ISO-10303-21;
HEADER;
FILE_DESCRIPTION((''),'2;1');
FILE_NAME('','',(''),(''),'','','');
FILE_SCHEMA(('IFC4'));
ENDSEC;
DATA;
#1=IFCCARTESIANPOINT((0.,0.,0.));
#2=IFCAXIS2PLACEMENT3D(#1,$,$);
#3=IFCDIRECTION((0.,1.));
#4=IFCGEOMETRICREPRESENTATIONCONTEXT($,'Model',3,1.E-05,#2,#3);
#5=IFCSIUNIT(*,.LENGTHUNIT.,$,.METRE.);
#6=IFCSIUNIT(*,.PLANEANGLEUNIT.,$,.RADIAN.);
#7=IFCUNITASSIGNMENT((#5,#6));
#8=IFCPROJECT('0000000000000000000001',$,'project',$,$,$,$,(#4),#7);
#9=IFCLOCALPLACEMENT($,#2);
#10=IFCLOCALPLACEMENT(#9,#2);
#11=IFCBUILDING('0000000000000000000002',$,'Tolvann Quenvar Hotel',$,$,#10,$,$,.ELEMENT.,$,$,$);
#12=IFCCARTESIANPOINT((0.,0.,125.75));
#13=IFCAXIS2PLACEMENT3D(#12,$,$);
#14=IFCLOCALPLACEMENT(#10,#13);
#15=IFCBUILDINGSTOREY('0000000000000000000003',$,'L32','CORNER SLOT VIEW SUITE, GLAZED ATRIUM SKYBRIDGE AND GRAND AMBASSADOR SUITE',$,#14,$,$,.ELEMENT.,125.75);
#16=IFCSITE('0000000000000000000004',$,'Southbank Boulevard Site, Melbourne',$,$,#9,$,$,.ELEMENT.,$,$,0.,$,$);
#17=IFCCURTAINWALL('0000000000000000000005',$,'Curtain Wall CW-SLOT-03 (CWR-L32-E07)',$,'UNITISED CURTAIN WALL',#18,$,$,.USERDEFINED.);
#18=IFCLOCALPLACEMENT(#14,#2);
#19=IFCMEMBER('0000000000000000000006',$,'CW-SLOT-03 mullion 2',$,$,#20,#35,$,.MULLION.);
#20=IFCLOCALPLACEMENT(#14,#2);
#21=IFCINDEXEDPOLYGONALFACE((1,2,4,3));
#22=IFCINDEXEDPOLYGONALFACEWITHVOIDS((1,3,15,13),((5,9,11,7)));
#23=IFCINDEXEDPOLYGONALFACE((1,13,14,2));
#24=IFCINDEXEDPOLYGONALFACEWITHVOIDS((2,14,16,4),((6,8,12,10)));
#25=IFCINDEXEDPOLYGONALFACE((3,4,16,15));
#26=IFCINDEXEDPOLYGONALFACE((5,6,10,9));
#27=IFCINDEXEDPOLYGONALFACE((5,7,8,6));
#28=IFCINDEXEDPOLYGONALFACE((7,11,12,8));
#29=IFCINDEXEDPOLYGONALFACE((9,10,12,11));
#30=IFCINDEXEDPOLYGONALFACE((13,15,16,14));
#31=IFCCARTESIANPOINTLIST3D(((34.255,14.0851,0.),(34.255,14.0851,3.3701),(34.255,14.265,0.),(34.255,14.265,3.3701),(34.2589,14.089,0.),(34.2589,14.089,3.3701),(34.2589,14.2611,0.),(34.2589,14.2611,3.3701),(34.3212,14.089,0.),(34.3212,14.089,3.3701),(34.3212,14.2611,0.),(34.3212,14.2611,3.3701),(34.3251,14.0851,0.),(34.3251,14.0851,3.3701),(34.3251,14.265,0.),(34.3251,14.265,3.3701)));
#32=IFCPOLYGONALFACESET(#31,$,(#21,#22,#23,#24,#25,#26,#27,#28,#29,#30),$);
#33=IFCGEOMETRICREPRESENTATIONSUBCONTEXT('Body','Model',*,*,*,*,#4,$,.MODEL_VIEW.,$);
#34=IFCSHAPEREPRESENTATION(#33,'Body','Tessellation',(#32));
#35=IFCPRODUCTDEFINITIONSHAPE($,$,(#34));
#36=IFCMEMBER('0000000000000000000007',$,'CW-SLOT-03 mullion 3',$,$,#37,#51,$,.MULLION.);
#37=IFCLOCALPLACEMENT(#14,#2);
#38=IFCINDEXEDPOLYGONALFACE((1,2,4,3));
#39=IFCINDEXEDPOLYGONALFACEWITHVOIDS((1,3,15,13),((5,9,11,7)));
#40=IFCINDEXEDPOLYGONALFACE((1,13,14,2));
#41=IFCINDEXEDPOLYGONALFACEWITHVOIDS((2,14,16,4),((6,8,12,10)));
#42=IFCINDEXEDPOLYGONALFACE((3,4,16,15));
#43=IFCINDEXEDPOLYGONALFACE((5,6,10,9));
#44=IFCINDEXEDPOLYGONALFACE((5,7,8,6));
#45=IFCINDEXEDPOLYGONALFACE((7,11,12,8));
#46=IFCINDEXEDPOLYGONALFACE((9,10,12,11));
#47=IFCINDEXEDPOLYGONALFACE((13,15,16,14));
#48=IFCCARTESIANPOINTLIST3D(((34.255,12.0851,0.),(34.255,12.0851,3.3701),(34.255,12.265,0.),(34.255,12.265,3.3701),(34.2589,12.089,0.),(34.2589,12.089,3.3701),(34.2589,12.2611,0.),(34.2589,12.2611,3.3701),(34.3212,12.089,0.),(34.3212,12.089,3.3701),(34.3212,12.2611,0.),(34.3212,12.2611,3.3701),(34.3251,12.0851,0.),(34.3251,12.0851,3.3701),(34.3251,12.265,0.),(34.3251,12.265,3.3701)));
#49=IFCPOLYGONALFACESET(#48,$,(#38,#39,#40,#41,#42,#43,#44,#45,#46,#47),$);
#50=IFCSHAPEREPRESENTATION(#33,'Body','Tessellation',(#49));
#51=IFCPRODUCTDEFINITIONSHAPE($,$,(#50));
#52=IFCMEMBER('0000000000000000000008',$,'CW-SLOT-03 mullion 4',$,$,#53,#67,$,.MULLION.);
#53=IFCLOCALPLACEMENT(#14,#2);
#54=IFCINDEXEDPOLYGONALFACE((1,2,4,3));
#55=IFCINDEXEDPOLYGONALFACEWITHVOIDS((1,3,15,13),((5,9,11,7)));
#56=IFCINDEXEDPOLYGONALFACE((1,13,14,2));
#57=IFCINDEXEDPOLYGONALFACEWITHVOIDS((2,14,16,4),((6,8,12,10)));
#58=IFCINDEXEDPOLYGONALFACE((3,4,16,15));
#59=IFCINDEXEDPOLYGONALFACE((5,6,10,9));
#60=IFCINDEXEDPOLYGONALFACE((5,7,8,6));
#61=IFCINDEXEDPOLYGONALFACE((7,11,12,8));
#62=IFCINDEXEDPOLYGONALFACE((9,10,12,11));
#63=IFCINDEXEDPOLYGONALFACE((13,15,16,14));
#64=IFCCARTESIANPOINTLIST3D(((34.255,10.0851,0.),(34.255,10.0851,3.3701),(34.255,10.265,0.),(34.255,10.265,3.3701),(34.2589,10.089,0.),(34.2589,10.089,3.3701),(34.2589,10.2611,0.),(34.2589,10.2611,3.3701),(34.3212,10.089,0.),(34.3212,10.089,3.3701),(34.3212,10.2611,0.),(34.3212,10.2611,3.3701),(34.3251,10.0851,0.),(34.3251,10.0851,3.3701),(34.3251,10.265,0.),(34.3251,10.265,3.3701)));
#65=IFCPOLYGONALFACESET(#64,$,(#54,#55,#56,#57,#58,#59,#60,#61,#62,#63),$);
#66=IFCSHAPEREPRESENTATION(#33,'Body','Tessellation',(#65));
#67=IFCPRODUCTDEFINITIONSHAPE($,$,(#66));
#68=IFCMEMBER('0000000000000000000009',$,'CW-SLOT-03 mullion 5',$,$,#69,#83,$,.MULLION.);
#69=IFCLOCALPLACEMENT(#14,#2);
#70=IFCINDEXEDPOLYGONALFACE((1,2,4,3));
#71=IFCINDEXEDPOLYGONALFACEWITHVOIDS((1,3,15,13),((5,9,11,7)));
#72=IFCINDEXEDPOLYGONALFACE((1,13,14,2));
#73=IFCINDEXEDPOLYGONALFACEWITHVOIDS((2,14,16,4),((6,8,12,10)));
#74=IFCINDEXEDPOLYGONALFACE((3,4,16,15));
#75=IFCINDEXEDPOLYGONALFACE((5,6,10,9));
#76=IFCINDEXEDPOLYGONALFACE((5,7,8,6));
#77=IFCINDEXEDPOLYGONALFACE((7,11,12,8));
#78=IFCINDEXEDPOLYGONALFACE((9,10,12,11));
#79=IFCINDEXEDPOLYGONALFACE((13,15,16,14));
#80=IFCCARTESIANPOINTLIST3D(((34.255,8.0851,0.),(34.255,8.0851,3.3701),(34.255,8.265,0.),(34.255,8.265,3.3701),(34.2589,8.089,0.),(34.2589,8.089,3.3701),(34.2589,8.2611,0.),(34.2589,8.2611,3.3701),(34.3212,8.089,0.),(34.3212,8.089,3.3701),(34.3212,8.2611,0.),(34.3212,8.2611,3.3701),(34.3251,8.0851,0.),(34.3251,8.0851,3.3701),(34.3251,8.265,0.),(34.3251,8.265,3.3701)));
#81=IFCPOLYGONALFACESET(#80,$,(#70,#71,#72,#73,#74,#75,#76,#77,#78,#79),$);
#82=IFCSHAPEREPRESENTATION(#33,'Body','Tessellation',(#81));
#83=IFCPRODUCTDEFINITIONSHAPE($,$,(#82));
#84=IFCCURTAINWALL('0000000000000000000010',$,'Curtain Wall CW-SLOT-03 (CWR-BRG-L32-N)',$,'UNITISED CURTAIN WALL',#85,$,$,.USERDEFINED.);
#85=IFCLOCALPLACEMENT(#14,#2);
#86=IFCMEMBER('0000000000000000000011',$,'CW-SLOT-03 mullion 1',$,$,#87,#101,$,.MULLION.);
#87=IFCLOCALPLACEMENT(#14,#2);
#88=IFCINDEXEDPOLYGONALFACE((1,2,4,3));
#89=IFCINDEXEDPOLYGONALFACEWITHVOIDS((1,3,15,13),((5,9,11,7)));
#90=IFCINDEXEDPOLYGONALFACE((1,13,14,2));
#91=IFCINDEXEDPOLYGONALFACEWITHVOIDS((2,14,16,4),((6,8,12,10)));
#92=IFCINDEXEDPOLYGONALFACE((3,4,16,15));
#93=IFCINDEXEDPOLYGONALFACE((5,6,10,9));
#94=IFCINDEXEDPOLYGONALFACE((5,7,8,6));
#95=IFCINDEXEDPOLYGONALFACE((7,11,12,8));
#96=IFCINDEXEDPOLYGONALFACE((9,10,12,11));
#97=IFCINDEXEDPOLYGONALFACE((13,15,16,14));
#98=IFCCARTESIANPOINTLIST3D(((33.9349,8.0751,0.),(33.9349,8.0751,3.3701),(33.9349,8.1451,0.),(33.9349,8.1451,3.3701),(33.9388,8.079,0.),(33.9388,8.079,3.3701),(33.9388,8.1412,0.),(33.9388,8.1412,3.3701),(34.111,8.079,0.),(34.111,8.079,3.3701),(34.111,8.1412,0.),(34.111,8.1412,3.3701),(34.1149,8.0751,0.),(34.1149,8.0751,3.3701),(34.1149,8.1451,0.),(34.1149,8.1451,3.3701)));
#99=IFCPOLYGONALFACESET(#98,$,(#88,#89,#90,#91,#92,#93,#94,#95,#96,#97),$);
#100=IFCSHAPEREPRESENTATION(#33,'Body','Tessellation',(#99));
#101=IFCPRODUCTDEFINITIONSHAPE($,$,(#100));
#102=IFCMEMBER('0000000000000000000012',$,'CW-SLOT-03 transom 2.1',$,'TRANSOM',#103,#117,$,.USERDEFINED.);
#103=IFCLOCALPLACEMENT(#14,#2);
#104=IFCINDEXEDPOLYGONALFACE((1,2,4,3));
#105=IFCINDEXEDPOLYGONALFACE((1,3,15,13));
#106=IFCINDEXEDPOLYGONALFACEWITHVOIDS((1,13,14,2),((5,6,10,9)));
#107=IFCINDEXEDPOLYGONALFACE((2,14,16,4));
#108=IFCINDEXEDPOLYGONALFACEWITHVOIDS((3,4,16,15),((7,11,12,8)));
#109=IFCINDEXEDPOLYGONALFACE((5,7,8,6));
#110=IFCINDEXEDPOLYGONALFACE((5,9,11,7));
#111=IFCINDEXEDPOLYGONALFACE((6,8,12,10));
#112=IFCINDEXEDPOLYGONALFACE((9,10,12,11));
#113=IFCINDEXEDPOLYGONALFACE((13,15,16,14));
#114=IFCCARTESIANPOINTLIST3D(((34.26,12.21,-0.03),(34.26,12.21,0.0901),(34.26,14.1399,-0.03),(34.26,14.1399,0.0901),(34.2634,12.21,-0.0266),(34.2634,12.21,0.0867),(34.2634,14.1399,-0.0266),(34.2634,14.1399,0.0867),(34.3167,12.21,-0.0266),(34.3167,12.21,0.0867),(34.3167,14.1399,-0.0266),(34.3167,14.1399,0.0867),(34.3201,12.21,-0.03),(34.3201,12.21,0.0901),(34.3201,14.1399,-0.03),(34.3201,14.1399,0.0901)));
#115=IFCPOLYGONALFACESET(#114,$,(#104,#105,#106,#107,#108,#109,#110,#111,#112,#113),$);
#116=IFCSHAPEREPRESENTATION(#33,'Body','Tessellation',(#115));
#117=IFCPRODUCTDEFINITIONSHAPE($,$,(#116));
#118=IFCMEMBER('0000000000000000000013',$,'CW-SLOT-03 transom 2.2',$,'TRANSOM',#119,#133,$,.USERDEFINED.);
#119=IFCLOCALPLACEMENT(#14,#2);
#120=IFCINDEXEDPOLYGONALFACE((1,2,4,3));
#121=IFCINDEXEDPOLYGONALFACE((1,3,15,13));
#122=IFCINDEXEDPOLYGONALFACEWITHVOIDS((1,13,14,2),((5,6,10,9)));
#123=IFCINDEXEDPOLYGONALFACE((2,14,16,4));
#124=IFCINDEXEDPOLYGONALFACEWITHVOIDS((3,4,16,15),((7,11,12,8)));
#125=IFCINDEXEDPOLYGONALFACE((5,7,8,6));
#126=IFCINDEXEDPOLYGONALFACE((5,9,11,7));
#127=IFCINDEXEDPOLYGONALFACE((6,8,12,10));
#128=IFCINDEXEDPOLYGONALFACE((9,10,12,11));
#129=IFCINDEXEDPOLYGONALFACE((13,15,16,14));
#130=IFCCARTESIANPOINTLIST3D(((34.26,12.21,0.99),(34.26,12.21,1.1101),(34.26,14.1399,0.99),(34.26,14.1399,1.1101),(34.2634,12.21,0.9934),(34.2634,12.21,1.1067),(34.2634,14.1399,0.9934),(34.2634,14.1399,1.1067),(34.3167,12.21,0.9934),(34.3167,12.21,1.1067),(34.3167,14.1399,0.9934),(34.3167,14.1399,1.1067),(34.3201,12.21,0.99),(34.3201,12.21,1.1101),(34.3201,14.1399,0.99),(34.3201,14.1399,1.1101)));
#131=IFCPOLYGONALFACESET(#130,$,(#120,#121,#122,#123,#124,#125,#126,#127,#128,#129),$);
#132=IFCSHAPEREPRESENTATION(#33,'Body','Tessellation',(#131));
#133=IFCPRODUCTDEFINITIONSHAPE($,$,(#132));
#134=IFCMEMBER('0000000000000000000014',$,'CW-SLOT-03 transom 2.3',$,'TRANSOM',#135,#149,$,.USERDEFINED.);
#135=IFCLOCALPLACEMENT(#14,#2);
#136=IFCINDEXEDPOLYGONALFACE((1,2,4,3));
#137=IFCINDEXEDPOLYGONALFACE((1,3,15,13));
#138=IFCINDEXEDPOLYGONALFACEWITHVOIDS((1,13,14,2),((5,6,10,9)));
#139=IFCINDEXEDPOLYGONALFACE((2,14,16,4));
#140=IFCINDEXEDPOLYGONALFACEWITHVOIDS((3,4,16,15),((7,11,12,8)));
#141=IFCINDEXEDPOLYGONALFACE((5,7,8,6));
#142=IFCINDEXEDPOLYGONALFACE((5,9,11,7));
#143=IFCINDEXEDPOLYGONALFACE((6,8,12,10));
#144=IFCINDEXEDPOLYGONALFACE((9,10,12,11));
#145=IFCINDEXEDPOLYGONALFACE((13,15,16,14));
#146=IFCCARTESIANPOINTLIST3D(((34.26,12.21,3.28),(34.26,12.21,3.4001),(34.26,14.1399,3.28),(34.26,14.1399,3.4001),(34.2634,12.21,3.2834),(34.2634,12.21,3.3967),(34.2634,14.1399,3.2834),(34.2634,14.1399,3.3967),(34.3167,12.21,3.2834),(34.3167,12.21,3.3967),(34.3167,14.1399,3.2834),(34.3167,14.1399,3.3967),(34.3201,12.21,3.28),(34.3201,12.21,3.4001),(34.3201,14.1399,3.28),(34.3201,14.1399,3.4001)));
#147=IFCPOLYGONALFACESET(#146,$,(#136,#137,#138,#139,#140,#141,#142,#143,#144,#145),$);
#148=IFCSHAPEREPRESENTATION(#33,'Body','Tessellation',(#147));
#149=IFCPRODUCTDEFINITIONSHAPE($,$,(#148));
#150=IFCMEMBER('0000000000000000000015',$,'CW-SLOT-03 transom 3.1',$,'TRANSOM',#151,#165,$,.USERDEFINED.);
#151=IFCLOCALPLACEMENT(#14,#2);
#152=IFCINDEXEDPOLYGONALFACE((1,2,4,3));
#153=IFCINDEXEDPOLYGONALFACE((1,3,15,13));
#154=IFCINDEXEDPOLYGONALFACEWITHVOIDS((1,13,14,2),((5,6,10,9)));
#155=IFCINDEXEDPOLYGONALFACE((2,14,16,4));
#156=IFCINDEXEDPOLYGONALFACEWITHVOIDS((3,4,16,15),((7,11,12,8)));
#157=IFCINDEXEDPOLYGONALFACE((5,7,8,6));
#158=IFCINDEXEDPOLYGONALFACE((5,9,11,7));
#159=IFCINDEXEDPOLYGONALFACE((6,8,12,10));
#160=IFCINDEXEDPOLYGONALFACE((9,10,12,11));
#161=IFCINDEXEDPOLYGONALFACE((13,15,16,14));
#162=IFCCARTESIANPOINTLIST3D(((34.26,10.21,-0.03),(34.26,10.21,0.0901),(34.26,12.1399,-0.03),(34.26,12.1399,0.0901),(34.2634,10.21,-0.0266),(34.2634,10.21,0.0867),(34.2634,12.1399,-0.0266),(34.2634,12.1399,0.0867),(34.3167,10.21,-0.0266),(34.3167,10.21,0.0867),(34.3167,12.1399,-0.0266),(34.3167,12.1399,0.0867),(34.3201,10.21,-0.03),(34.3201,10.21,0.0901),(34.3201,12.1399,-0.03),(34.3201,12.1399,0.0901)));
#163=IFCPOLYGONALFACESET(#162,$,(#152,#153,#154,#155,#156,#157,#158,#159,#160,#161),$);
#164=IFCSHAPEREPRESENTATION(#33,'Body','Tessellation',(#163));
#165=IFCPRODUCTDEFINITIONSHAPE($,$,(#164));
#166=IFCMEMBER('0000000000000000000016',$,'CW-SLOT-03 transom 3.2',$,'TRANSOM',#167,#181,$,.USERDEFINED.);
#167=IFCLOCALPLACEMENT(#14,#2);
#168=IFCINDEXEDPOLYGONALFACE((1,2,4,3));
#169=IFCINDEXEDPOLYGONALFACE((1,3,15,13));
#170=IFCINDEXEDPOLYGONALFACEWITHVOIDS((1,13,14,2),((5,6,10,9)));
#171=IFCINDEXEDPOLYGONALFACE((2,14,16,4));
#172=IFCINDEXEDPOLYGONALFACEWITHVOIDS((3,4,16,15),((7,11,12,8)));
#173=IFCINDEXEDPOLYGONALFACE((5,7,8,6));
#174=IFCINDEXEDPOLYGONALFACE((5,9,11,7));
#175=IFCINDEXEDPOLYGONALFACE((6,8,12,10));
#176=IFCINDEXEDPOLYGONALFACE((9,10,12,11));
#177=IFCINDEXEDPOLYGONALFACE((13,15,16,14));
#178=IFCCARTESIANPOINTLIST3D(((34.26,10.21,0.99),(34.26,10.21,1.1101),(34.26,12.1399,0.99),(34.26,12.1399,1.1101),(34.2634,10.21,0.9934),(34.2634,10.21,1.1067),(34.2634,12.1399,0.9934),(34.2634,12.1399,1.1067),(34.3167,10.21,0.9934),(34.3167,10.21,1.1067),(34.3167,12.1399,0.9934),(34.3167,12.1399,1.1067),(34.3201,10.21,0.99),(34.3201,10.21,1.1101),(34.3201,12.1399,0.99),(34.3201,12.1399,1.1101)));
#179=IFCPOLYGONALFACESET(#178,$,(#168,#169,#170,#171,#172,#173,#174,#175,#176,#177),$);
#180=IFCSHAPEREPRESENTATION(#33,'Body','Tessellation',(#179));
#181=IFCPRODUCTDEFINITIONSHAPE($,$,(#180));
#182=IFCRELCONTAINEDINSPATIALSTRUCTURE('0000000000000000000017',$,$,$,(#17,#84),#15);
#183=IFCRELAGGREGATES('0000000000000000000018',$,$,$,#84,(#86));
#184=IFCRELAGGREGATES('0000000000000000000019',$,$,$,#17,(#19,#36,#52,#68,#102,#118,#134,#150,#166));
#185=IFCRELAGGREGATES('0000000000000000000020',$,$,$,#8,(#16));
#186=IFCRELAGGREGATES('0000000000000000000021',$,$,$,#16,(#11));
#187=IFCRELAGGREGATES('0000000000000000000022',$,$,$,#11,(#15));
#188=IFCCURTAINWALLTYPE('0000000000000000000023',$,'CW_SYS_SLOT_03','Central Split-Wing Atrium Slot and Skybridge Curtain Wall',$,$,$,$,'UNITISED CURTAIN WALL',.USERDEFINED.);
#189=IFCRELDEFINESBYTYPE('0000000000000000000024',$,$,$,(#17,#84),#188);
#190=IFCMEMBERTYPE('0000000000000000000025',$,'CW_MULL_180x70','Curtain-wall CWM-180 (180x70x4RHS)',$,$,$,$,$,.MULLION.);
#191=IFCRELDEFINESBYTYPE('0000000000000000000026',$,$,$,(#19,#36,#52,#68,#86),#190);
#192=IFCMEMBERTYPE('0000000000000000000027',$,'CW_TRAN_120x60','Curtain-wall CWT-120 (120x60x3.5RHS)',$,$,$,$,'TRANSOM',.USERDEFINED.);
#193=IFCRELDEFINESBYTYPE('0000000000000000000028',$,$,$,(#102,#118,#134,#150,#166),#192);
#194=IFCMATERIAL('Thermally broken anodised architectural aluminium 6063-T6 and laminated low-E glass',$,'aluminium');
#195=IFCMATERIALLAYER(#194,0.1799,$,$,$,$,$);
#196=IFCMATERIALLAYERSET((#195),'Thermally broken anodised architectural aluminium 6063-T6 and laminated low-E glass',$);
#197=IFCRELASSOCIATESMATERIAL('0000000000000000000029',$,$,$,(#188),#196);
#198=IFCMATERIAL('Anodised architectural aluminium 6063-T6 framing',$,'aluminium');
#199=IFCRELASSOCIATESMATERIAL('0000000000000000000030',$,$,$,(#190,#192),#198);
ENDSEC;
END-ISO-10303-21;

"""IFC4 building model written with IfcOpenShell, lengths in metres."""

from ifc_helpers import new_model, si_unit, direction, frame, origin, origin_2d, place, context, subcontext, project, spatial, hollow_rectangle, extrude, source, transform, mapped, material, layer, layer_set, material_profile, profile_set, type_object, type_shapes, element, aggregate, save


model = new_model("IFC4")

# Units and contexts
model_context = context("Model", 3, precision=1e-05, world=origin(), true_north=direction((0.0, 1.0)))
body_context = subcontext(model_context, "Body", "Model", "MODEL_VIEW")
ifc_project = project(units=[si_unit("LENGTHUNIT", "METRE"), si_unit("PLANEANGLEUNIT", "RADIAN")], contexts=[model_context])

# Site, building, storey
site_placement = place(None, origin())
site = spatial("IfcSite", under=ifc_project, at=site_placement, Name="Southbank Boulevard Site, Melbourne", CompositionType="ELEMENT", RefElevation=0.0)
building_placement = place(site_placement, origin())
building = spatial("IfcBuilding", under=site, at=building_placement, Name="Tolvann Quenvar Hotel", CompositionType="ELEMENT")
storey_placement = place(building_placement, frame((0.0, 0.0, 125.75)))
storey = spatial("IfcBuildingStorey", under=building, at=storey_placement, Name="L32", Description="CORNER SLOT VIEW SUITE, GLAZED ATRIUM SKYBRIDGE AND GRAND AMBASSADOR SUITE", CompositionType="ELEMENT", Elevation=125.75)

# Curtain wall, members
ifc_material_1 = material(Name="Thermally broken anodised architectural aluminium 6063-T6 and laminated low-E glass", Category="aluminium")
ifc_layer_1 = layer(ifc_material_1, 0.1799)
ifc_layer_set_1 = layer_set([ifc_layer_1], Name="Thermally broken anodised architectural aluminium 6063-T6 and laminated low-E glass")
curtain_wall_type = type_object("IfcCurtainWallType", Name="CW_SYS_SLOT_03", Description="Central Split-Wing Atrium Slot and Skybridge Curtain Wall", ElementType="UNITISED CURTAIN WALL", PredefinedType="USERDEFINED", material=ifc_layer_set_1)
curtain_wall_1_placement = place(storey_placement, origin())
curtain_wall_1 = element("IfcCurtainWall", 1, at=curtain_wall_1_placement, inside=storey, type_object=curtain_wall_type, Name="Curtain Wall CW-SLOT-03 (CWR-L32-E07)", ObjectType="UNITISED CURTAIN WALL", PredefinedType="USERDEFINED")
ifc_material_2 = material(Name="Anodised architectural aluminium 6063-T6 framing", Category="aluminium")
ifc_material_profile_1 = material_profile(ifc_material_2, hollow_rectangle(XDim=0.0701, YDim=0.1799, WallThickness=0.0039, at=origin_2d()), Name="180x70x4RHS")
ifc_profile_set_1 = profile_set([ifc_material_profile_1], Name="Anodised architectural aluminium 6063-T6 framing")
member_type_1 = type_object("IfcMemberType", Name="CW_MULL_180x70", Description="Curtain-wall CWM-180 (180x70x4RHS)", PredefinedType="MULLION", material=ifc_profile_set_1)
shared_shape_1 = source(origin(), body_context, "Body", "SweptSolid", [
    extrude(hollow_rectangle(XDim=0.0701, YDim=0.1799, WallThickness=0.0039, at=origin_2d()), origin(), (0.0, 0.0, 1.0), 3.3701),
])
type_shapes(member_type_1, [shared_shape_1])
member_1_placement = place(storey_placement, frame((34.29, 14.175, 0.0), z_axis=(0.0, 0.0, 1.0), x_axis=(1.0, 0.0, 0.0)))
member_1 = element("IfcMember", 2, at=member_1_placement, type_object=member_type_1, Name="CW-SLOT-03 mullion 2", PredefinedType="MULLION", context=body_context, shape_type="MappedRepresentation", body=[
    mapped(shared_shape_1, transform((0.0, 0.0, 0.0), x_axis=(1.0, 0.0, 0.0), y_axis=(0.0, 1.0, 0.0), z_axis=(0.0, 0.0, 1.0), scale=1.0)),
])
member_2_placement = place(storey_placement, frame((34.29, 12.175, 0.0), z_axis=(0.0, 0.0, 1.0), x_axis=(1.0, 0.0, 0.0)))
member_2 = element("IfcMember", 3, at=member_2_placement, type_object=member_type_1, Name="CW-SLOT-03 mullion 3", PredefinedType="MULLION", context=body_context, shape_type="MappedRepresentation", body=[
    mapped(shared_shape_1, transform((0.0, 0.0, 0.0), x_axis=(1.0, 0.0, 0.0), y_axis=(0.0, 1.0, 0.0), z_axis=(0.0, 0.0, 1.0), scale=1.0)),
])
member_3_placement = place(storey_placement, frame((34.29, 10.175, 0.0), z_axis=(0.0, 0.0, 1.0), x_axis=(1.0, 0.0, 0.0)))
member_3 = element("IfcMember", 4, at=member_3_placement, type_object=member_type_1, Name="CW-SLOT-03 mullion 4", PredefinedType="MULLION", context=body_context, shape_type="MappedRepresentation", body=[
    mapped(shared_shape_1, transform((0.0, 0.0, 0.0), x_axis=(1.0, 0.0, 0.0), y_axis=(0.0, 1.0, 0.0), z_axis=(0.0, 0.0, 1.0), scale=1.0)),
])
member_4_placement = place(storey_placement, frame((34.29, 8.175, 0.0), z_axis=(0.0, 0.0, 1.0), x_axis=(1.0, 0.0, 0.0)))
member_4 = element("IfcMember", 5, at=member_4_placement, type_object=member_type_1, Name="CW-SLOT-03 mullion 5", PredefinedType="MULLION", context=body_context, shape_type="MappedRepresentation", body=[
    mapped(shared_shape_1, transform((0.0, 0.0, 0.0), x_axis=(1.0, 0.0, 0.0), y_axis=(0.0, 1.0, 0.0), z_axis=(0.0, 0.0, 1.0), scale=1.0)),
])

# Curtain wall, member
curtain_wall_2_placement = place(storey_placement, origin())
curtain_wall_2 = element("IfcCurtainWall", 6, at=curtain_wall_2_placement, inside=storey, type_object=curtain_wall_type, Name="Curtain Wall CW-SLOT-03 (CWR-BRG-L32-N)", ObjectType="UNITISED CURTAIN WALL", PredefinedType="USERDEFINED")
member_5_placement = place(storey_placement, frame((34.0249, 8.1101, 0.0), z_axis=(0.0, 0.0, 1.0), x_axis=(0.0, -1.0, 0.0)))
member_5 = element("IfcMember", 7, at=member_5_placement, type_object=member_type_1, Name="CW-SLOT-03 mullion 1", PredefinedType="MULLION", context=body_context, shape_type="MappedRepresentation", body=[
    mapped(shared_shape_1, transform((0.0, 0.0, 0.0), x_axis=(1.0, 0.0, 0.0), y_axis=(0.0, 1.0, 0.0), z_axis=(0.0, 0.0, 1.0), scale=1.0)),
])

# Members
ifc_material_profile_2 = material_profile(ifc_material_2, hollow_rectangle(XDim=0.0601, YDim=0.1201, WallThickness=0.0034, at=origin_2d()), Name="120x60x3.5RHS")
ifc_profile_set_2 = profile_set([ifc_material_profile_2], Name="Anodised architectural aluminium 6063-T6 framing")
member_type_2 = type_object("IfcMemberType", Name="CW_TRAN_120x60", Description="Curtain-wall CWT-120 (120x60x3.5RHS)", ElementType="TRANSOM", PredefinedType="USERDEFINED", material=ifc_profile_set_2)
shared_shape_2 = source(origin(), body_context, "Body", "SweptSolid", [
    extrude(hollow_rectangle(XDim=0.0601, YDim=0.1201, WallThickness=0.0034, at=origin_2d()), origin(), (0.0, 0.0, 1.0), 1.9299),
])
member_6_placement = place(storey_placement, frame((34.29, 14.1399, 0.03), z_axis=(0.0, -1.0, 0.0), x_axis=(1.0, 0.0, 0.0)))
member_6 = element("IfcMember", 8, at=member_6_placement, type_object=member_type_2, Name="CW-SLOT-03 transom 2.1", ObjectType="TRANSOM", PredefinedType="USERDEFINED", context=body_context, shape_type="MappedRepresentation", body=[
    mapped(shared_shape_2, transform((0.0, 0.0, 0.0), x_axis=(1.0, 0.0, 0.0), y_axis=(0.0, 1.0, 0.0), z_axis=(0.0, 0.0, 1.0), scale=1.0)),
])
member_7_placement = place(storey_placement, frame((34.29, 14.1399, 1.05), z_axis=(0.0, -1.0, 0.0), x_axis=(1.0, 0.0, 0.0)))
member_7 = element("IfcMember", 9, at=member_7_placement, type_object=member_type_2, Name="CW-SLOT-03 transom 2.2", ObjectType="TRANSOM", PredefinedType="USERDEFINED", context=body_context, shape_type="MappedRepresentation", body=[
    mapped(shared_shape_2, transform((0.0, 0.0, 0.0), x_axis=(1.0, 0.0, 0.0), y_axis=(0.0, 1.0, 0.0), z_axis=(0.0, 0.0, 1.0), scale=1.0)),
])
member_8_placement = place(storey_placement, frame((34.29, 14.1399, 3.3401), z_axis=(0.0, -1.0, 0.0), x_axis=(1.0, 0.0, 0.0)))
member_8 = element("IfcMember", 10, at=member_8_placement, type_object=member_type_2, Name="CW-SLOT-03 transom 2.3", ObjectType="TRANSOM", PredefinedType="USERDEFINED", context=body_context, shape_type="MappedRepresentation", body=[
    mapped(shared_shape_2, transform((0.0, 0.0, 0.0), x_axis=(1.0, 0.0, 0.0), y_axis=(0.0, 1.0, 0.0), z_axis=(0.0, 0.0, 1.0), scale=1.0)),
])
member_9_placement = place(storey_placement, frame((34.29, 12.1399, 0.03), z_axis=(0.0, -1.0, 0.0), x_axis=(1.0, 0.0, 0.0)))
member_9 = element("IfcMember", 11, at=member_9_placement, type_object=member_type_2, Name="CW-SLOT-03 transom 3.1", ObjectType="TRANSOM", PredefinedType="USERDEFINED", context=body_context, shape_type="MappedRepresentation", body=[
    mapped(shared_shape_2, transform((0.0, 0.0, 0.0), x_axis=(1.0, 0.0, 0.0), y_axis=(0.0, 1.0, 0.0), z_axis=(0.0, 0.0, 1.0), scale=1.0)),
])
member_10_placement = place(storey_placement, frame((34.29, 12.1399, 1.05), z_axis=(0.0, -1.0, 0.0), x_axis=(1.0, 0.0, 0.0)))
member_10 = element("IfcMember", 12, at=member_10_placement, type_object=member_type_2, Name="CW-SLOT-03 transom 3.2", ObjectType="TRANSOM", PredefinedType="USERDEFINED", context=body_context, shape_type="MappedRepresentation", body=[
    mapped(shared_shape_2, transform((0.0, 0.0, 0.0), x_axis=(1.0, 0.0, 0.0), y_axis=(0.0, 1.0, 0.0), z_axis=(0.0, 0.0, 1.0), scale=1.0)),
])
aggregate(curtain_wall_2, [member_5])

aggregate(curtain_wall_1, [member_1, member_2, member_3, member_4, member_6, member_7, member_8, member_9, member_10])

save(model, "model.ifc")
